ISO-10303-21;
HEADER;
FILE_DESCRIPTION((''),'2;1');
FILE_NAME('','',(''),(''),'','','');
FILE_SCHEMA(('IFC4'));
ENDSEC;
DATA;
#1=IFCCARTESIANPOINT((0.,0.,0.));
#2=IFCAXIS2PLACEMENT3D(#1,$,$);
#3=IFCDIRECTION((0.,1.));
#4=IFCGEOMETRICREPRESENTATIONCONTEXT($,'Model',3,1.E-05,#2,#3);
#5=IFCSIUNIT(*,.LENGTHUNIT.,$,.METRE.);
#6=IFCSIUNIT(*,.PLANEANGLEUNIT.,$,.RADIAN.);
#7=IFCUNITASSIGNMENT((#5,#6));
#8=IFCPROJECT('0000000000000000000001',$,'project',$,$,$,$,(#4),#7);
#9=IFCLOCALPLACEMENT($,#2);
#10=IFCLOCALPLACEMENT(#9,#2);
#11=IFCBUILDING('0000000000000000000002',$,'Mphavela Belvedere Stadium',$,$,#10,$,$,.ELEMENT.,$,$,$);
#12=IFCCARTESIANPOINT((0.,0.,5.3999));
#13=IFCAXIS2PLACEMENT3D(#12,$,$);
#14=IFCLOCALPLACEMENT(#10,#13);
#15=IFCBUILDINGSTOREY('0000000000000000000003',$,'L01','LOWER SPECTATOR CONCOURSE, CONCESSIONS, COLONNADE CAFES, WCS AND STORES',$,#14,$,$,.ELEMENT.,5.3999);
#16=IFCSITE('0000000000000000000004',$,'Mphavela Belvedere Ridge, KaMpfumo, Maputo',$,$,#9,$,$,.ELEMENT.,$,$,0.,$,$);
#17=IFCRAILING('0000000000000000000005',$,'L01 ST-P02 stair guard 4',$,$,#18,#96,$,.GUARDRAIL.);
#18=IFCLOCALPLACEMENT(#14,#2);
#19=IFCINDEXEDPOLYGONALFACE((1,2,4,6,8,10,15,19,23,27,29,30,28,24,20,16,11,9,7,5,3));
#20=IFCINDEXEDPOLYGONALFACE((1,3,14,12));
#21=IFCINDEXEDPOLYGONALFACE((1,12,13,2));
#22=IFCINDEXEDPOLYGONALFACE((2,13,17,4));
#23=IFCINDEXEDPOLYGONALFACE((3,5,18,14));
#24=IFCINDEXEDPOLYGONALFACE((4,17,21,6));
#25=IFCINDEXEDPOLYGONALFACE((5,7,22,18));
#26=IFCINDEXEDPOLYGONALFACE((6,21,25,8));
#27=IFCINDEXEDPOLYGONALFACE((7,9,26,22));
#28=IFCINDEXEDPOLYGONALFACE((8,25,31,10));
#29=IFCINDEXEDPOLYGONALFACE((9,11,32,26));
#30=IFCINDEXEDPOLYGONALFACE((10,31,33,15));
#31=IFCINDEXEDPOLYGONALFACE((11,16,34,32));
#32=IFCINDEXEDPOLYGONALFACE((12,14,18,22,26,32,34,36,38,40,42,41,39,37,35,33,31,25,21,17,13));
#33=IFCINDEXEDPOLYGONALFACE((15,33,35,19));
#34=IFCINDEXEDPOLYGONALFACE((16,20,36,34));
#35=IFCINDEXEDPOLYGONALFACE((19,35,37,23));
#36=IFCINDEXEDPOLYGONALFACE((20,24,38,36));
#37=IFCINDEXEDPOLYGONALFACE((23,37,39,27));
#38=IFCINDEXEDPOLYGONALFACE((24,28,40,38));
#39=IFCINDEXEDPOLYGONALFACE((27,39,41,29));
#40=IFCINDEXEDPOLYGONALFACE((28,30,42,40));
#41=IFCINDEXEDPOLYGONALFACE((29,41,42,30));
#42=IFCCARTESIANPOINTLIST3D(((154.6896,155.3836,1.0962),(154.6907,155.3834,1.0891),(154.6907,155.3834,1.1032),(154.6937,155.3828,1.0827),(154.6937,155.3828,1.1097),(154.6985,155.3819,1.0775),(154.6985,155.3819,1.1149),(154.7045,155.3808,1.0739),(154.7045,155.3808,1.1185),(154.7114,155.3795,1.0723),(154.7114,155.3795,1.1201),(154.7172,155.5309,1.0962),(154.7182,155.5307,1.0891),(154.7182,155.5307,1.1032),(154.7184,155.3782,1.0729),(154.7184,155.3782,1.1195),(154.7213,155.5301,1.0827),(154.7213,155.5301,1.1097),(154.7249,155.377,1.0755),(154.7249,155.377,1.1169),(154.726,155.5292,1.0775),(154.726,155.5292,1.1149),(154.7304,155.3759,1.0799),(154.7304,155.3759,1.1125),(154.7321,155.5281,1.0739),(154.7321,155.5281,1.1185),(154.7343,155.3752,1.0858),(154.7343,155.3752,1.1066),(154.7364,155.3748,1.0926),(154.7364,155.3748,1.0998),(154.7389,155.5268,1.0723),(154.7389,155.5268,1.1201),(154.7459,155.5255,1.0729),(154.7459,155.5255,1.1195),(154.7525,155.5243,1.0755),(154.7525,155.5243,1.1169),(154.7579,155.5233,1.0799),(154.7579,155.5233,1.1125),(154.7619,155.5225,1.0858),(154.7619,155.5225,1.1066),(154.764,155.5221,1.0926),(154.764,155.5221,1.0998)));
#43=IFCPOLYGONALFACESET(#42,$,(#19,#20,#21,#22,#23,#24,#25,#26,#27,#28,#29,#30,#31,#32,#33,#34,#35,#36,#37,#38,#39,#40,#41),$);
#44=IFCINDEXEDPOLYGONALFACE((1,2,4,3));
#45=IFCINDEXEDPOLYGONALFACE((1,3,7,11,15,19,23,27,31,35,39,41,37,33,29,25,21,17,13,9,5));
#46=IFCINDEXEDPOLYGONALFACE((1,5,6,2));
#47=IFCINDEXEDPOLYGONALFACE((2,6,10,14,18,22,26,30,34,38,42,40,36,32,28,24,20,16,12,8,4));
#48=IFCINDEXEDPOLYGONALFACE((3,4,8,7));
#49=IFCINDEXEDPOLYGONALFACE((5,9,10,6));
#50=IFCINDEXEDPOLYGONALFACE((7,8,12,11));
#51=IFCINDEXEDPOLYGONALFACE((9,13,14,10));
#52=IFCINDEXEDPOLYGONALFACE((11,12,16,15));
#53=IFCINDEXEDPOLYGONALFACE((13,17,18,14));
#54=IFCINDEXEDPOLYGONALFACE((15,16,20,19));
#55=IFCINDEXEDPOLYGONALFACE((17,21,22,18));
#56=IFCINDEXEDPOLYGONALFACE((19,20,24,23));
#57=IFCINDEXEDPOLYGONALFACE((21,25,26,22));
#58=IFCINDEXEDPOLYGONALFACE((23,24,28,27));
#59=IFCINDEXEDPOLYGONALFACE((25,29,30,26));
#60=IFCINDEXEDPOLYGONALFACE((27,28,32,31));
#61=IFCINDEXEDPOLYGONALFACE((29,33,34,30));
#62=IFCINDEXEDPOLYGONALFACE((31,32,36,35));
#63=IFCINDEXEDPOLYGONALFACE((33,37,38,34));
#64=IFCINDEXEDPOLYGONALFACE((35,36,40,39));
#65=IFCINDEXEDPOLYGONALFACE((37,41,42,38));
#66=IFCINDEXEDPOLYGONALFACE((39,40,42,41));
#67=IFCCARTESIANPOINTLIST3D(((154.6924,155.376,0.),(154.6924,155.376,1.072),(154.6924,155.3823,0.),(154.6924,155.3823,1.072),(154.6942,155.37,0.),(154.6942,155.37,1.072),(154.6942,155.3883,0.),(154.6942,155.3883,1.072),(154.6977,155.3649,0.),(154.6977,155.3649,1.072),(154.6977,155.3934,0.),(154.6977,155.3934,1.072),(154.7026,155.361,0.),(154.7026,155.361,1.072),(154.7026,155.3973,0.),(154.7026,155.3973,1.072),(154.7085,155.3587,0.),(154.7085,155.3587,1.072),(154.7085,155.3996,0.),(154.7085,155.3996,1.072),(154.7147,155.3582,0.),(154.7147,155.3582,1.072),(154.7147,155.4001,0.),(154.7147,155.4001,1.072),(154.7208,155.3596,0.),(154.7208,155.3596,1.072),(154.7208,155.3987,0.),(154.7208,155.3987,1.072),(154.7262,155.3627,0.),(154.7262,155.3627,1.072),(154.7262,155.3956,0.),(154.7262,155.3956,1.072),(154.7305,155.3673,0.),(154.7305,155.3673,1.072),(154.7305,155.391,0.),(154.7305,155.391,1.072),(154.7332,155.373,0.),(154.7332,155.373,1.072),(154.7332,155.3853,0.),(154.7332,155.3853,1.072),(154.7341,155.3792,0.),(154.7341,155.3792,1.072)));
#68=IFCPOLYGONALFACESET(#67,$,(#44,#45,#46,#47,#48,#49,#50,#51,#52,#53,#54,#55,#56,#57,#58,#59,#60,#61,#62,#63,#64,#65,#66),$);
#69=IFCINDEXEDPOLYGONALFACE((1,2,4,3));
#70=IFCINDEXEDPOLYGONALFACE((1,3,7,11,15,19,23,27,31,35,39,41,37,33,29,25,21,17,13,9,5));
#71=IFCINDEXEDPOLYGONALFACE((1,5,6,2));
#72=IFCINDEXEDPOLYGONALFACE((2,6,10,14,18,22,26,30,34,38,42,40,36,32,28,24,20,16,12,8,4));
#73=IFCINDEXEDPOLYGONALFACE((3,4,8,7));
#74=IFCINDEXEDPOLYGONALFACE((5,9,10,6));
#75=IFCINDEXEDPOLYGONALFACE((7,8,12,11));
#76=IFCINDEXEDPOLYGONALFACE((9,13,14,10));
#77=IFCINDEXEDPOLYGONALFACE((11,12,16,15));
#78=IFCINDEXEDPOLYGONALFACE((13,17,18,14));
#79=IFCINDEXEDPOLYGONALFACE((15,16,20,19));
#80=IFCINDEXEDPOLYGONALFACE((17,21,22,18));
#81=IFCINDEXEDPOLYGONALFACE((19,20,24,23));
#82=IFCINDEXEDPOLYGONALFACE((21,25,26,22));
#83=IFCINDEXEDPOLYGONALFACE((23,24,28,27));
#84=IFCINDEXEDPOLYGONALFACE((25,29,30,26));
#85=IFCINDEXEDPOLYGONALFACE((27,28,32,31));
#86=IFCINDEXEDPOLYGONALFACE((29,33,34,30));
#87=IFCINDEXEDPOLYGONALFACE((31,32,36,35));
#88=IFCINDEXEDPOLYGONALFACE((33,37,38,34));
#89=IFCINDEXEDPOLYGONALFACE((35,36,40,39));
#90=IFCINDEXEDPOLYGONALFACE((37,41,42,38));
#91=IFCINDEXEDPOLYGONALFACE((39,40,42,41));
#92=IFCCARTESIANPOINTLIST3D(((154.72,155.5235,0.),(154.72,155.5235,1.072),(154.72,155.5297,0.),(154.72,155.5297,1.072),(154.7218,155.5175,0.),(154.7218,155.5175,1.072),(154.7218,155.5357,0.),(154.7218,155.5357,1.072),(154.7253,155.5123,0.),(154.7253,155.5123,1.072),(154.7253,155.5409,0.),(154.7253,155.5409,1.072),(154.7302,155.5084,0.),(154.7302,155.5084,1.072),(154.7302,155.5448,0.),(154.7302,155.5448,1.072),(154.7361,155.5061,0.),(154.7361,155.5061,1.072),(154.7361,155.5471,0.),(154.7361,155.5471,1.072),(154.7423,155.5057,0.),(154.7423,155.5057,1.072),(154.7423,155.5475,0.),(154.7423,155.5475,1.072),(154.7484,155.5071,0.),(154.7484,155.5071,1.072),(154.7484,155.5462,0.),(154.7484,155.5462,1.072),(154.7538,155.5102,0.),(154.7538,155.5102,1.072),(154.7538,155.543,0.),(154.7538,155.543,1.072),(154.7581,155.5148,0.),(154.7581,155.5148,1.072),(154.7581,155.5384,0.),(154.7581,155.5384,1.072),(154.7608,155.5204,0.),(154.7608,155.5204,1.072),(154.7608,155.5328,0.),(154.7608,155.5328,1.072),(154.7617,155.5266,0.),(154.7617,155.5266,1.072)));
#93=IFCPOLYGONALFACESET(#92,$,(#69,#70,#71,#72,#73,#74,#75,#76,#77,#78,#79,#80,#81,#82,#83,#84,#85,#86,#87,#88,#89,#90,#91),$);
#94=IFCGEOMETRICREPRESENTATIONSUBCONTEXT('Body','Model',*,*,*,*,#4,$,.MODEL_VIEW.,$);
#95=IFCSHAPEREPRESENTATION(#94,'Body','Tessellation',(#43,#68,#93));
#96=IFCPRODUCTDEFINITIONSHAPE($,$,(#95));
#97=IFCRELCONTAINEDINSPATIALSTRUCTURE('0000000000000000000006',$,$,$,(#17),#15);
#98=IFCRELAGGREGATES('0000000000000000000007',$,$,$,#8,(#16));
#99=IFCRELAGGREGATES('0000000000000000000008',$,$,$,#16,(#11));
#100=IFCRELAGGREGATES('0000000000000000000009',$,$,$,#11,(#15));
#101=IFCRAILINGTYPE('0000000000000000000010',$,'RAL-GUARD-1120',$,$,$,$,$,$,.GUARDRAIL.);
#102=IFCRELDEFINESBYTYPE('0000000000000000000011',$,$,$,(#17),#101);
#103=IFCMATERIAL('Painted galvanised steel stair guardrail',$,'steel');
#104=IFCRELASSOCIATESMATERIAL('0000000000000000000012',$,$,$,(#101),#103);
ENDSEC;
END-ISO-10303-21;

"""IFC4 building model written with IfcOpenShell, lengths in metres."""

from ifc_helpers import new_model, si_unit, direction, frame, origin, origin_2d, place, context, subcontext, project, spatial, circle, extrude, material, type_object, element, save


model = new_model("IFC4")

# Units and contexts
model_context = context("Model", 3, precision=1e-05, world=origin(), true_north=direction((0.0, 1.0)))
body_context = subcontext(model_context, "Body", "Model", "MODEL_VIEW")
ifc_project = project(units=[si_unit("LENGTHUNIT", "METRE"), si_unit("PLANEANGLEUNIT", "RADIAN")], contexts=[model_context])

# Site, building, storey
site_placement = place(None, origin())
site = spatial("IfcSite", under=ifc_project, at=site_placement, Name="Mphavela Belvedere Ridge, KaMpfumo, Maputo", CompositionType="ELEMENT", RefElevation=0.0)
building_placement = place(site_placement, origin())
building = spatial("IfcBuilding", under=site, at=building_placement, Name="Mphavela Belvedere Stadium", CompositionType="ELEMENT")
storey_placement = place(building_placement, frame((0.0, 0.0, 5.3999)))
storey = spatial("IfcBuildingStorey", under=building, at=storey_placement, Name="L01", Description="LOWER SPECTATOR CONCOURSE, CONCESSIONS, COLONNADE CAFES, WCS AND STORES", CompositionType="ELEMENT", Elevation=5.3999)

# Railing
ifc_material_1 = material(Name="Painted galvanised steel stair guardrail", Category="steel")
railing_type_1 = type_object("IfcRailingType", Name="RAL-GUARD-1120", PredefinedType="GUARDRAIL", material=ifc_material_1)
railing_1_placement = place(storey_placement, frame((154.7131, 155.3792, 0.0)))
element("IfcRailing", 1, at=railing_1_placement, inside=storey, type_object=railing_type_1, Name="L01 ST-P02 stair guard 4", PredefinedType="GUARDRAIL", context=body_context, shape_type="SweptSolid", body=[
    extrude(circle(Radius=0.0239, at=origin_2d()), frame((0.0, 0.0, 1.0962), z_axis=(0.183895, 0.982946, 0.0), x_axis=(-0.982946, 0.183895, 0.0)), (0.0, 0.0, 1.0), 0.1499),
    extrude(circle(Radius=0.021, at=origin_2d()), origin(), (0.0, 0.0, 1.0), 1.072),
    extrude(circle(Radius=0.021, at=origin_2d()), frame((0.0276, 0.1475, 0.0)), (0.0, 0.0, 1.0), 1.072),
])

save(model, "model.ifc")
